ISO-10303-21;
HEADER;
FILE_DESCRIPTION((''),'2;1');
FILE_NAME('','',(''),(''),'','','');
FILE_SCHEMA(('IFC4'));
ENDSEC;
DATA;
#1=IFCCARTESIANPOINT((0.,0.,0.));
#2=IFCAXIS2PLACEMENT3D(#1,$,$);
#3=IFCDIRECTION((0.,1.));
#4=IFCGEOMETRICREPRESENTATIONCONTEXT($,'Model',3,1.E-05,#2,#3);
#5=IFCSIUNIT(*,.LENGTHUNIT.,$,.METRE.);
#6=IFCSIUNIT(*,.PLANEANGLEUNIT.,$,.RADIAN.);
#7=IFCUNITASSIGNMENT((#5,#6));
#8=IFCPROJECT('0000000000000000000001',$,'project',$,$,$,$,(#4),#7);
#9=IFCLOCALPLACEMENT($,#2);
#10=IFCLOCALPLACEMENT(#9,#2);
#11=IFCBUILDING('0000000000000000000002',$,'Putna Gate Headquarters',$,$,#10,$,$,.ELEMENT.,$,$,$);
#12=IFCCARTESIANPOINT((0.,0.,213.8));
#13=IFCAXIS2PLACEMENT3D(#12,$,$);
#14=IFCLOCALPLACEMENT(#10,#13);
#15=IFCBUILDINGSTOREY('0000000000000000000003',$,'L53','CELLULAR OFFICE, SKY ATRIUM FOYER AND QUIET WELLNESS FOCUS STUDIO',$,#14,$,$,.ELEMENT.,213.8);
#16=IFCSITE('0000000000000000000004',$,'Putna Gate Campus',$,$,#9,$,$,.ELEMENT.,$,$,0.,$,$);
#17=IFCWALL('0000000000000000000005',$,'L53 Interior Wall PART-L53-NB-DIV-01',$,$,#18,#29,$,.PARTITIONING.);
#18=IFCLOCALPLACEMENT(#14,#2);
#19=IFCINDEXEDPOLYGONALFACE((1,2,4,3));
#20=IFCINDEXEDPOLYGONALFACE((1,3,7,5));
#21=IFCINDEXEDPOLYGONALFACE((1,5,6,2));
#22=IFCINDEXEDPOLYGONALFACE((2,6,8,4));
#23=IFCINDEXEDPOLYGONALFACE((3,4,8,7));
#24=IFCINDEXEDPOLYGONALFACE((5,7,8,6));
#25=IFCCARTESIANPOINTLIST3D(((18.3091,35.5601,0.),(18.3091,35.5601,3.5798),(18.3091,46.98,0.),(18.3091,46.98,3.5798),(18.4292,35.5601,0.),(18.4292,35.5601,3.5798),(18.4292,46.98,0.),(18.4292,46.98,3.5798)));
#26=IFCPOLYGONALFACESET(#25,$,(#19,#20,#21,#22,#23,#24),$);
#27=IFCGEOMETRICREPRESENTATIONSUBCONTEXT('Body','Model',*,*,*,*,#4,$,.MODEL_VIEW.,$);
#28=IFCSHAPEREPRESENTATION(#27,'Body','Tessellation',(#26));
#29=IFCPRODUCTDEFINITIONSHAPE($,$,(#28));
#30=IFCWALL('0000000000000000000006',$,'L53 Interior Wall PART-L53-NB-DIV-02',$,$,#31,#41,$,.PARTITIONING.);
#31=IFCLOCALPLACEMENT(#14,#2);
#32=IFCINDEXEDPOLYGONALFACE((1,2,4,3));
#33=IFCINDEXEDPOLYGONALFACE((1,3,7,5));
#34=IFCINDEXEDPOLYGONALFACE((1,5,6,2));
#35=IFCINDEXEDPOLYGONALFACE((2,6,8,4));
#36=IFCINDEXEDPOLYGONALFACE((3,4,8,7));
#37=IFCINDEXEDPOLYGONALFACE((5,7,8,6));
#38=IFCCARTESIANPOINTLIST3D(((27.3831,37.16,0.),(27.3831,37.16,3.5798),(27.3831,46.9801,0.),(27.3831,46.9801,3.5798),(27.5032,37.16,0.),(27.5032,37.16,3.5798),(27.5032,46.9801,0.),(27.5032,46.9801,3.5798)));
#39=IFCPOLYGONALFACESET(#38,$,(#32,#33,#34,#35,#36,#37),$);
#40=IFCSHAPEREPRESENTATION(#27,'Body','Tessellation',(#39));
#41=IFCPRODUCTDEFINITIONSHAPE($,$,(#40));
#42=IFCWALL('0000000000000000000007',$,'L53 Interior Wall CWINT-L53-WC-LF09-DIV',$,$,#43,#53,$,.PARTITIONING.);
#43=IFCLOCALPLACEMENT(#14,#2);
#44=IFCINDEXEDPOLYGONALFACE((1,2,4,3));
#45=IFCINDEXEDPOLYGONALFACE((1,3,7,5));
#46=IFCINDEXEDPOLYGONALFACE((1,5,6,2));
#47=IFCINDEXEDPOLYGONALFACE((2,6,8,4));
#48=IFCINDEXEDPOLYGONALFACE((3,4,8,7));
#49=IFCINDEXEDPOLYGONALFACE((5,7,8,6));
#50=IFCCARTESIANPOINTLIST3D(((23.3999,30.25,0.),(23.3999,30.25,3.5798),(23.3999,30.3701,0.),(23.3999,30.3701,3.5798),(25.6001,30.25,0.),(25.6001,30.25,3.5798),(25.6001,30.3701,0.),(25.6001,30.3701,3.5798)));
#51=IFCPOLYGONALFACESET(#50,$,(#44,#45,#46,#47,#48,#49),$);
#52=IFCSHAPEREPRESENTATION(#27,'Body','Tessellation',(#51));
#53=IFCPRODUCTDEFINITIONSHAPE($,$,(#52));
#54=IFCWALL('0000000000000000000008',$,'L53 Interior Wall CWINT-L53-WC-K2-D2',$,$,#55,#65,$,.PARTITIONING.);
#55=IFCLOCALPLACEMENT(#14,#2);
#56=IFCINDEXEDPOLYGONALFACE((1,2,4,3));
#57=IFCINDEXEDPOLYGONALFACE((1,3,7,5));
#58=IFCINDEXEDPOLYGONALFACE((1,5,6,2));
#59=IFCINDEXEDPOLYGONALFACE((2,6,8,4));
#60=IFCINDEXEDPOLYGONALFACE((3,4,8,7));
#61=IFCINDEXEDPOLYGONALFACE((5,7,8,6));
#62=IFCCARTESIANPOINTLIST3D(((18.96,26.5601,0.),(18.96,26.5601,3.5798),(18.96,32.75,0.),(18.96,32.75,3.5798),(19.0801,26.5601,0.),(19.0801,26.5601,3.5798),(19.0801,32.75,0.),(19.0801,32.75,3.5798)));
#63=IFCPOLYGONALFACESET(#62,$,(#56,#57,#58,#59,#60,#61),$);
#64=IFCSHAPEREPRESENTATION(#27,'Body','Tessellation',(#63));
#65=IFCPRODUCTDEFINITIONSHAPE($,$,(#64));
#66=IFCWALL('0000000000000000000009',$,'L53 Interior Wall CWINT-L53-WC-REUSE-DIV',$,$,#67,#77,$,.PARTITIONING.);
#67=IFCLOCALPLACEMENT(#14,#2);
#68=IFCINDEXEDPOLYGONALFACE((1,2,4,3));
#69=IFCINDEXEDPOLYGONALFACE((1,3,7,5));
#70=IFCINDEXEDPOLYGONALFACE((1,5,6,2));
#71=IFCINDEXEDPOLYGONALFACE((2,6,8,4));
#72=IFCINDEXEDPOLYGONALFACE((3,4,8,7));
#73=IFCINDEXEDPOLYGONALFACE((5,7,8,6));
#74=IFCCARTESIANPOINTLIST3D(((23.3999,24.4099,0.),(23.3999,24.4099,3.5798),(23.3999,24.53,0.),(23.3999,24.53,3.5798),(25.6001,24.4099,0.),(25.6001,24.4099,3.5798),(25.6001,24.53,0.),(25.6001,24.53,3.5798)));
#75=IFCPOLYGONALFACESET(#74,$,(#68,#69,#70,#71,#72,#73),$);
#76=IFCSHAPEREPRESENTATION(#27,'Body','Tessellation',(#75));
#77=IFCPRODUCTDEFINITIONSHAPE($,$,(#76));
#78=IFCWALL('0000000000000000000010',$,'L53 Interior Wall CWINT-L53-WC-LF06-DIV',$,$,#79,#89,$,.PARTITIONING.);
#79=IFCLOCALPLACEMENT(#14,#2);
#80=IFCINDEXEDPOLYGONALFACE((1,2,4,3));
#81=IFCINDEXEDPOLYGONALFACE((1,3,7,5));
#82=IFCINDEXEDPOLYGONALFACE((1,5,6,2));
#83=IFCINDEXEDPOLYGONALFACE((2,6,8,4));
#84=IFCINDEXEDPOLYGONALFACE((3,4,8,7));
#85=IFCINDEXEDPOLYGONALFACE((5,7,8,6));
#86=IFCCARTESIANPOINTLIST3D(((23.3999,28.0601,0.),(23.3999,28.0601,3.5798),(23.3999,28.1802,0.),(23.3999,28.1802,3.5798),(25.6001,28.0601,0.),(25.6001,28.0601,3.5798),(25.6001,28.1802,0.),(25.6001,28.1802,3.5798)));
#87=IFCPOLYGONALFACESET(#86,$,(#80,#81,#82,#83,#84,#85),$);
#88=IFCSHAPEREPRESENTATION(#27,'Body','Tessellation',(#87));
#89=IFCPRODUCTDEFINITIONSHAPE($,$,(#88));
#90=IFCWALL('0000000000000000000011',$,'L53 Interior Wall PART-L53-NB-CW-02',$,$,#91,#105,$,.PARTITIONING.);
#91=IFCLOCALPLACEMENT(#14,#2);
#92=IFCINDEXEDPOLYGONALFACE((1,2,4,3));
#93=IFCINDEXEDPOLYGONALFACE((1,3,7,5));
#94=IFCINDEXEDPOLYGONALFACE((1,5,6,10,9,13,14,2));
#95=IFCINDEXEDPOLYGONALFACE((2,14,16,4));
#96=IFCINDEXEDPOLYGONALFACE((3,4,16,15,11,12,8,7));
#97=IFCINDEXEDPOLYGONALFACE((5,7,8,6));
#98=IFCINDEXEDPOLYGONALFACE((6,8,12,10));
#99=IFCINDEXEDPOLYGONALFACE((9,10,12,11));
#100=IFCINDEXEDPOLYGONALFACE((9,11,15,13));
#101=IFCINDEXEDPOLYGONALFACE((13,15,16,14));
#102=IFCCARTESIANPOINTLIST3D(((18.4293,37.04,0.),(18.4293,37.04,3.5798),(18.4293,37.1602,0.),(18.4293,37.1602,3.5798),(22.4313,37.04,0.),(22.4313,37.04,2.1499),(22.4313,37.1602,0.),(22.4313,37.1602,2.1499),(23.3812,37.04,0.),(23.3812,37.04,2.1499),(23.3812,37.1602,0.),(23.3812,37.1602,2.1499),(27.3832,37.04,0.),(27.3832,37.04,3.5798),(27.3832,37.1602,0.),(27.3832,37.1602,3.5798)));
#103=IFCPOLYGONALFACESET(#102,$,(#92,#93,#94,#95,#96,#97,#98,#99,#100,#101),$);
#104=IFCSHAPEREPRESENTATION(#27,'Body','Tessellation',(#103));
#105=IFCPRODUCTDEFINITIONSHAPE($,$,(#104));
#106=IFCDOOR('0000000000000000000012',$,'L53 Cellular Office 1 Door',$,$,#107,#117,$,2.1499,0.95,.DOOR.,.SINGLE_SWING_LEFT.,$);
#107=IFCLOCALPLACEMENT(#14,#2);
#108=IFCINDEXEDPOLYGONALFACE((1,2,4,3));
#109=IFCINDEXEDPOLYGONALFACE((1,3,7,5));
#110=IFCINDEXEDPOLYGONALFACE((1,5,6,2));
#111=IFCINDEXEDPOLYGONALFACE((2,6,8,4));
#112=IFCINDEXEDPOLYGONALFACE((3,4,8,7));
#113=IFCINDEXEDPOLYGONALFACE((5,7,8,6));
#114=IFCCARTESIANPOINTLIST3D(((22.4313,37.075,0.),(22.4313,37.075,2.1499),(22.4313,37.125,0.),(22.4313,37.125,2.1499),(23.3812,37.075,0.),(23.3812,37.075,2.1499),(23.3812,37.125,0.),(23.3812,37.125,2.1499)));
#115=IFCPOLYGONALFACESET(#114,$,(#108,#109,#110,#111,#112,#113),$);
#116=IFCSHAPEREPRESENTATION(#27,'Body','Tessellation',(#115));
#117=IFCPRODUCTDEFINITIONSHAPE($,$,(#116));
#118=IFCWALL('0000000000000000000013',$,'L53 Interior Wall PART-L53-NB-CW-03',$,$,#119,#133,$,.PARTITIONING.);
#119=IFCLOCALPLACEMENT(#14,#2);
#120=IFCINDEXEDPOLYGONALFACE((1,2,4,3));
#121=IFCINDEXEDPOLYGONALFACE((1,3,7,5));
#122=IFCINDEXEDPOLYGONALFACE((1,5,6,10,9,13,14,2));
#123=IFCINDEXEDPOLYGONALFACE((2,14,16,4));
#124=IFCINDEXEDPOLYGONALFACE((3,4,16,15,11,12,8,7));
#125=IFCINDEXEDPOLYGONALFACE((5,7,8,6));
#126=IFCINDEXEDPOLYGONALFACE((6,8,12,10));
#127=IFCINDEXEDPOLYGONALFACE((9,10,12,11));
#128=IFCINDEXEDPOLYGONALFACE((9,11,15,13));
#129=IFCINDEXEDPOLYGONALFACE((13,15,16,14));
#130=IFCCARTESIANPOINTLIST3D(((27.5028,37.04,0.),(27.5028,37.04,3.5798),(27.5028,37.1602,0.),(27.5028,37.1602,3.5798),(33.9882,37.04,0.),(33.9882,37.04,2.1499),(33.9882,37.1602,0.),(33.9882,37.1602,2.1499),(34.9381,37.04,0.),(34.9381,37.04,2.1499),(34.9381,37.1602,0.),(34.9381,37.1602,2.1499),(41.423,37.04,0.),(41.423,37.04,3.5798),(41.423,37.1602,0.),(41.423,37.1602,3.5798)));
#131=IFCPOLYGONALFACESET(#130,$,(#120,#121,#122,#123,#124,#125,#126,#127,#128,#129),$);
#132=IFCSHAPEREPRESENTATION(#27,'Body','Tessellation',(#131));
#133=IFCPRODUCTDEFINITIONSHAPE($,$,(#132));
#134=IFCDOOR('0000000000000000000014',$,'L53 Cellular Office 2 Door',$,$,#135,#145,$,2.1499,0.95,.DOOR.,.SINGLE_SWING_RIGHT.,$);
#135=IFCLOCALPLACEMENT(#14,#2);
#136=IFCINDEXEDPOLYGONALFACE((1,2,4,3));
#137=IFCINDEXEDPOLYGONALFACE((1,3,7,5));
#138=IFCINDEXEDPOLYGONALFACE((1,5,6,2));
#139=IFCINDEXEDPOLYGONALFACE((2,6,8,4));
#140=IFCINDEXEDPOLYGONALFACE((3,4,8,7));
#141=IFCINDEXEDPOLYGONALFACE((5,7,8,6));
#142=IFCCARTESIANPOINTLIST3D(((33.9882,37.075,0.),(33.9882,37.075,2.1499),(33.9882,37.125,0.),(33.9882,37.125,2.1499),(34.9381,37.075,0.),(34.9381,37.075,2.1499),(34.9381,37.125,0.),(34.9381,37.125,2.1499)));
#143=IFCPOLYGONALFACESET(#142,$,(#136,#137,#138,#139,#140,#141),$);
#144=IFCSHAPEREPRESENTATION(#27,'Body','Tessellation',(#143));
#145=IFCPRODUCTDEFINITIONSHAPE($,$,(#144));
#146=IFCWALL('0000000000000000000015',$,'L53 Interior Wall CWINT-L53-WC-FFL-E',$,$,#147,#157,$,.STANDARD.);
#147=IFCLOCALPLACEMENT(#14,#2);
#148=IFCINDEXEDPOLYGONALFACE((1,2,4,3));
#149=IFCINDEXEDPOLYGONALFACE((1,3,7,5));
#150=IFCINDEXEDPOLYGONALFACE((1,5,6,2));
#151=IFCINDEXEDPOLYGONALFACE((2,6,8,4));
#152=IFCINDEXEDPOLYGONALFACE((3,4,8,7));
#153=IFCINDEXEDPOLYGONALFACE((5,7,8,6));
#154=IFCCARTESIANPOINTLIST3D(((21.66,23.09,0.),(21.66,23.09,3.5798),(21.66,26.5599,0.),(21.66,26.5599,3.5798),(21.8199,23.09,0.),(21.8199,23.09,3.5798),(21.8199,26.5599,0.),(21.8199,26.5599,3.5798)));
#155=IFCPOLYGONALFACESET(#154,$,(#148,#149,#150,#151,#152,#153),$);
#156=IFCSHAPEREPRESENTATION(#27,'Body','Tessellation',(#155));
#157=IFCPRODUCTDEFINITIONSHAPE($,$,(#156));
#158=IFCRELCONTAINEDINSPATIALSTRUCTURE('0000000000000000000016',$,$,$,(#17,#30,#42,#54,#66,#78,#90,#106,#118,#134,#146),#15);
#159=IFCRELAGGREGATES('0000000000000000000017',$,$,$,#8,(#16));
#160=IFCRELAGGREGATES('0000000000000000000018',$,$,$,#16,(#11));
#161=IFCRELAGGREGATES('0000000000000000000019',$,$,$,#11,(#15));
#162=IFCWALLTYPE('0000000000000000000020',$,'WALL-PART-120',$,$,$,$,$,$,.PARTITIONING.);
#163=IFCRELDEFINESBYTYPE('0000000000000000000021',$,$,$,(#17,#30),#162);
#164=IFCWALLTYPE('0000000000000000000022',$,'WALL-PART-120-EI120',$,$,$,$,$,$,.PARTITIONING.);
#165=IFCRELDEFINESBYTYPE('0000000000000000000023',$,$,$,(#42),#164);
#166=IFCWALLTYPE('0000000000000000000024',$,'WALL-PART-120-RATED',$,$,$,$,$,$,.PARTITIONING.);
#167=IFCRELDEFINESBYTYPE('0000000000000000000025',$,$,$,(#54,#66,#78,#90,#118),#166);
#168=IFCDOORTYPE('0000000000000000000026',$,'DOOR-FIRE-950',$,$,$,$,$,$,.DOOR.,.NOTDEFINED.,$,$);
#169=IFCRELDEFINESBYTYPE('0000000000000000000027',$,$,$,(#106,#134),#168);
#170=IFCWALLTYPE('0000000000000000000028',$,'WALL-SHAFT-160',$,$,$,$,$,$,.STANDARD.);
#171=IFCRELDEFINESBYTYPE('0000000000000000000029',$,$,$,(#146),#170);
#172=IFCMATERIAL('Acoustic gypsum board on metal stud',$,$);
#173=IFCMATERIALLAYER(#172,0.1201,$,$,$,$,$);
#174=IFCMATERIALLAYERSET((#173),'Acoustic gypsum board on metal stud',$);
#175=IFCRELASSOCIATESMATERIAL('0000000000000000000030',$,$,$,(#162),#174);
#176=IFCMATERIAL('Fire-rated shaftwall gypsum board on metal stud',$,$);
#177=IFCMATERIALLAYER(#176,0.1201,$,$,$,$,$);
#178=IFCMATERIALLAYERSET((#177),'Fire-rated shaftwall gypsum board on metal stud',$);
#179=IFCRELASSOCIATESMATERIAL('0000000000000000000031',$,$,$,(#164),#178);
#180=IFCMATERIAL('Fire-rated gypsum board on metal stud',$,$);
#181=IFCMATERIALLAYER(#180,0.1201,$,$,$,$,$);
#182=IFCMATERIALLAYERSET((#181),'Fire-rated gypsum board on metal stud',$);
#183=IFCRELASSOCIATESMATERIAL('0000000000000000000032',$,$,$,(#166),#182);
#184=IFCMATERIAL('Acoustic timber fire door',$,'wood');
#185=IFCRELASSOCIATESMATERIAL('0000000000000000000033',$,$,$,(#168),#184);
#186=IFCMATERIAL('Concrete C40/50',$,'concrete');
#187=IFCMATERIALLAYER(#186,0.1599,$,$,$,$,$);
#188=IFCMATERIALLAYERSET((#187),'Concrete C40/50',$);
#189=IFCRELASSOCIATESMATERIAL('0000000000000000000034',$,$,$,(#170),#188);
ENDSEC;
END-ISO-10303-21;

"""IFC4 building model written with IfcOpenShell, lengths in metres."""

from ifc_helpers import new_model, si_unit, direction, frame, frame_2d, origin, place, context, subcontext, project, spatial, rectangle, extrude, material, layer, layer_set, type_object, element, fill, save


model = new_model("IFC4")

# Units and contexts
model_context = context("Model", 3, precision=1e-05, world=origin(), true_north=direction((0.0, 1.0)))
body_context = subcontext(model_context, "Body", "Model", "MODEL_VIEW")
ifc_project = project(units=[si_unit("LENGTHUNIT", "METRE"), si_unit("PLANEANGLEUNIT", "RADIAN")], contexts=[model_context])

# Site, building, storey
site_placement = place(None, origin())
site = spatial("IfcSite", under=ifc_project, at=site_placement, Name="Putna Gate Campus", CompositionType="ELEMENT", RefElevation=0.0)
building_placement = place(site_placement, origin())
building = spatial("IfcBuilding", under=site, at=building_placement, Name="Putna Gate Headquarters", CompositionType="ELEMENT")
storey_placement = place(building_placement, frame((0.0, 0.0, 213.8)))
storey = spatial("IfcBuildingStorey", under=building, at=storey_placement, Name="L53", Description="CELLULAR OFFICE, SKY ATRIUM FOYER AND QUIET WELLNESS FOCUS STUDIO", CompositionType="ELEMENT", Elevation=213.8)

# Walls
ifc_material_1 = material(Name="Acoustic gypsum board on metal stud")
ifc_layer_1 = layer(ifc_material_1, 0.1201)
ifc_layer_set_1 = layer_set([ifc_layer_1], Name="Acoustic gypsum board on metal stud")
wall_type_1 = type_object("IfcWallType", Name="WALL-PART-120", PredefinedType="PARTITIONING", material=ifc_layer_set_1)
wall_1_placement = place(storey_placement, frame((18.3691, 35.5601, 0.0), z_axis=(0.0, 0.0, 1.0), x_axis=(0.0, 1.0, 0.0)))
element("IfcWall", 1, at=wall_1_placement, inside=storey, type_object=wall_type_1, Name="L53 Interior Wall PART-L53-NB-DIV-01", PredefinedType="PARTITIONING", context=body_context, shape_type="SweptSolid", body=[
    extrude(rectangle(XDim=11.4199, YDim=0.1201, at=frame_2d((5.71, 0.0))), origin(), (0.0, 0.0, 1.0), 3.5798),
])
wall_2_placement = place(storey_placement, frame((27.4431, 37.1599, 0.0), z_axis=(0.0, 0.0, 1.0), x_axis=(0.0, 1.0, 0.0)))
element("IfcWall", 2, at=wall_2_placement, inside=storey, type_object=wall_type_1, Name="L53 Interior Wall PART-L53-NB-DIV-02", PredefinedType="PARTITIONING", context=body_context, shape_type="SweptSolid", body=[
    extrude(rectangle(XDim=9.8201, YDim=0.1201, at=frame_2d((4.9102, 0.0))), origin(), (0.0, 0.0, 1.0), 3.5798),
])
ifc_material_2 = material(Name="Fire-rated shaftwall gypsum board on metal stud")
ifc_layer_2 = layer(ifc_material_2, 0.1201)
ifc_layer_set_2 = layer_set([ifc_layer_2], Name="Fire-rated shaftwall gypsum board on metal stud")
wall_type_2 = type_object("IfcWallType", Name="WALL-PART-120-EI120", PredefinedType="PARTITIONING", material=ifc_layer_set_2)
wall_3_placement = place(storey_placement, frame((23.3999, 30.3101, 0.0), z_axis=(0.0, 0.0, 1.0), x_axis=(1.0, 0.0, 0.0)))
element("IfcWall", 3, at=wall_3_placement, inside=storey, type_object=wall_type_2, Name="L53 Interior Wall CWINT-L53-WC-LF09-DIV", PredefinedType="PARTITIONING", context=body_context, shape_type="SweptSolid", body=[
    extrude(rectangle(XDim=2.2002, YDim=0.1201, at=frame_2d((1.1001, 0.0))), origin(), (0.0, 0.0, 1.0), 3.5798),
])
ifc_material_3 = material(Name="Fire-rated gypsum board on metal stud")
ifc_layer_3 = layer(ifc_material_3, 0.1201)
ifc_layer_set_3 = layer_set([ifc_layer_3], Name="Fire-rated gypsum board on metal stud")
wall_type_3 = type_object("IfcWallType", Name="WALL-PART-120-RATED", PredefinedType="PARTITIONING", material=ifc_layer_set_3)
wall_4_placement = place(storey_placement, frame((19.02, 26.5601, 0.0), z_axis=(0.0, 0.0, 1.0), x_axis=(0.0, 1.0, 0.0)))
element("IfcWall", 4, at=wall_4_placement, inside=storey, type_object=wall_type_3, Name="L53 Interior Wall CWINT-L53-WC-K2-D2", PredefinedType="PARTITIONING", context=body_context, shape_type="SweptSolid", body=[
    extrude(rectangle(XDim=6.1899, YDim=0.1201, at=frame_2d((3.095, 0.0))), origin(), (0.0, 0.0, 1.0), 3.5798),
])
for number, where, z_axis, x_axis, name in (
    (5, (23.3999, 24.47, 0.0), (0.0, 0.0, 1.0), (1.0, 0.0, 0.0), "L53 Interior Wall CWINT-L53-WC-REUSE-DIV"),
    (6, (23.3999, 28.1201, 0.0), (0.0, 0.0, 1.0), (1.0, 0.0, 0.0), "L53 Interior Wall CWINT-L53-WC-LF06-DIV"),
):
    element("IfcWall", number, at=place(storey_placement, frame(where, z_axis=z_axis, x_axis=x_axis)), inside=storey, type_object=wall_type_3, Name=name, PredefinedType="PARTITIONING", context=body_context, shape_type="SweptSolid", body=[
        extrude(rectangle(XDim=2.2002, YDim=0.1201, at=frame_2d((1.1001, 0.0))), origin(), (0.0, 0.0, 1.0), 3.5798),
    ])

# Walls, openings, doors
wall_5_placement = place(storey_placement, frame((18.4292, 37.1001, 0.0), z_axis=(0.0, 0.0, 1.0), x_axis=(1.0, 0.0, 0.0)))
wall_5 = element("IfcWall", 7, at=wall_5_placement, inside=storey, type_object=wall_type_3, Name="L53 Interior Wall PART-L53-NB-CW-02", PredefinedType="PARTITIONING", context=body_context, shape_type="SweptSolid", body=[
    extrude(rectangle(XDim=8.9539, YDim=0.1201, at=frame_2d((4.4771, 0.0))), origin(), (0.0, 0.0, 1.0), 3.5798),
])
opening_1_placement = place(wall_5_placement, frame((4.002, 0.0, 0.0)))
opening_1 = element("IfcOpeningElement", 8, at=opening_1_placement, cuts=wall_5, PredefinedType="OPENING", context=body_context, shape_type="SweptSolid", body=[
    extrude(rectangle(XDim=0.95, YDim=2.1499, at=frame_2d((0.4751, 1.075))), frame((0.0, 0.0701, 0.0), z_axis=(0.0, -1.0, 0.0), x_axis=(1.0, 0.0, 0.0)), (0.0, 0.0, 1.0), 0.1401),
])
ifc_material_4 = material(Name="Acoustic timber fire door", Category="wood")
door_type_1 = type_object("IfcDoorType", Name="DOOR-FIRE-950", OperationType="NOTDEFINED", PredefinedType="DOOR", material=ifc_material_4)
door_1_placement = place(opening_1_placement, origin())
door_1 = element("IfcDoor", 9, at=door_1_placement, inside=storey, type_object=door_type_1, Name="L53 Cellular Office 1 Door", OperationType="SINGLE_SWING_LEFT", OverallHeight=2.1499, OverallWidth=0.95, PredefinedType="DOOR", context=body_context, shape_type="SweptSolid", body=[
    extrude(rectangle(XDim=0.95, YDim=2.1499, at=frame_2d((0.4751, 1.075))), frame((0.0, 0.0249, 0.0), z_axis=(0.0, -1.0, 0.0), x_axis=(1.0, 0.0, 0.0)), (0.0, 0.0, 1.0), 0.05),
])
fill(opening_1, door_1)
wall_6_placement = place(storey_placement, frame((27.5029, 37.1001, 0.0), z_axis=(0.0, 0.0, 1.0), x_axis=(1.0, 0.0, 0.0)))
wall_6 = element("IfcWall", 10, at=wall_6_placement, inside=storey, type_object=wall_type_3, Name="L53 Interior Wall PART-L53-NB-CW-03", PredefinedType="PARTITIONING", context=body_context, shape_type="SweptSolid", body=[
    extrude(rectangle(XDim=13.9202, YDim=0.1201, at=frame_2d((6.96, 0.0))), origin(), (0.0, 0.0, 1.0), 3.5798),
])
opening_2_placement = place(wall_6_placement, frame((6.4851, 0.0, 0.0)))
opening_2 = element("IfcOpeningElement", 11, at=opening_2_placement, cuts=wall_6, PredefinedType="OPENING", context=body_context, shape_type="SweptSolid", body=[
    extrude(rectangle(XDim=0.95, YDim=2.1499, at=frame_2d((0.4751, 1.075))), frame((0.0, 0.0701, 0.0), z_axis=(0.0, -1.0, 0.0), x_axis=(1.0, 0.0, 0.0)), (0.0, 0.0, 1.0), 0.1401),
])
door_2_placement = place(opening_2_placement, origin())
door_2 = element("IfcDoor", 12, at=door_2_placement, inside=storey, type_object=door_type_1, Name="L53 Cellular Office 2 Door", OperationType="SINGLE_SWING_RIGHT", OverallHeight=2.1499, OverallWidth=0.95, PredefinedType="DOOR", context=body_context, shape_type="SweptSolid", body=[
    extrude(rectangle(XDim=0.95, YDim=2.1499, at=frame_2d((0.4751, 1.075))), frame((0.0, 0.0249, 0.0), z_axis=(0.0, -1.0, 0.0), x_axis=(1.0, 0.0, 0.0)), (0.0, 0.0, 1.0), 0.05),
])
fill(opening_2, door_2)

# Wall
ifc_material_5 = material(Name="Concrete C40/50", Category="concrete")
ifc_layer_4 = layer(ifc_material_5, 0.1599)
ifc_layer_set_4 = layer_set([ifc_layer_4], Name="Concrete C40/50")
wall_type_4 = type_object("IfcWallType", Name="WALL-SHAFT-160", PredefinedType="STANDARD", material=ifc_layer_set_4)
wall_7_placement = place(storey_placement, frame((21.74, 23.0901, 0.0), z_axis=(0.0, 0.0, 1.0), x_axis=(0.0, 1.0, 0.0)))
element("IfcWall", 13, at=wall_7_placement, inside=storey, type_object=wall_type_4, Name="L53 Interior Wall CWINT-L53-WC-FFL-E", PredefinedType="STANDARD", context=body_context, shape_type="SweptSolid", body=[
    extrude(rectangle(XDim=3.47, YDim=0.1599, at=frame_2d((1.7349, 0.0))), origin(), (0.0, 0.0, 1.0), 3.5798),
])

save(model, "model.ifc")
